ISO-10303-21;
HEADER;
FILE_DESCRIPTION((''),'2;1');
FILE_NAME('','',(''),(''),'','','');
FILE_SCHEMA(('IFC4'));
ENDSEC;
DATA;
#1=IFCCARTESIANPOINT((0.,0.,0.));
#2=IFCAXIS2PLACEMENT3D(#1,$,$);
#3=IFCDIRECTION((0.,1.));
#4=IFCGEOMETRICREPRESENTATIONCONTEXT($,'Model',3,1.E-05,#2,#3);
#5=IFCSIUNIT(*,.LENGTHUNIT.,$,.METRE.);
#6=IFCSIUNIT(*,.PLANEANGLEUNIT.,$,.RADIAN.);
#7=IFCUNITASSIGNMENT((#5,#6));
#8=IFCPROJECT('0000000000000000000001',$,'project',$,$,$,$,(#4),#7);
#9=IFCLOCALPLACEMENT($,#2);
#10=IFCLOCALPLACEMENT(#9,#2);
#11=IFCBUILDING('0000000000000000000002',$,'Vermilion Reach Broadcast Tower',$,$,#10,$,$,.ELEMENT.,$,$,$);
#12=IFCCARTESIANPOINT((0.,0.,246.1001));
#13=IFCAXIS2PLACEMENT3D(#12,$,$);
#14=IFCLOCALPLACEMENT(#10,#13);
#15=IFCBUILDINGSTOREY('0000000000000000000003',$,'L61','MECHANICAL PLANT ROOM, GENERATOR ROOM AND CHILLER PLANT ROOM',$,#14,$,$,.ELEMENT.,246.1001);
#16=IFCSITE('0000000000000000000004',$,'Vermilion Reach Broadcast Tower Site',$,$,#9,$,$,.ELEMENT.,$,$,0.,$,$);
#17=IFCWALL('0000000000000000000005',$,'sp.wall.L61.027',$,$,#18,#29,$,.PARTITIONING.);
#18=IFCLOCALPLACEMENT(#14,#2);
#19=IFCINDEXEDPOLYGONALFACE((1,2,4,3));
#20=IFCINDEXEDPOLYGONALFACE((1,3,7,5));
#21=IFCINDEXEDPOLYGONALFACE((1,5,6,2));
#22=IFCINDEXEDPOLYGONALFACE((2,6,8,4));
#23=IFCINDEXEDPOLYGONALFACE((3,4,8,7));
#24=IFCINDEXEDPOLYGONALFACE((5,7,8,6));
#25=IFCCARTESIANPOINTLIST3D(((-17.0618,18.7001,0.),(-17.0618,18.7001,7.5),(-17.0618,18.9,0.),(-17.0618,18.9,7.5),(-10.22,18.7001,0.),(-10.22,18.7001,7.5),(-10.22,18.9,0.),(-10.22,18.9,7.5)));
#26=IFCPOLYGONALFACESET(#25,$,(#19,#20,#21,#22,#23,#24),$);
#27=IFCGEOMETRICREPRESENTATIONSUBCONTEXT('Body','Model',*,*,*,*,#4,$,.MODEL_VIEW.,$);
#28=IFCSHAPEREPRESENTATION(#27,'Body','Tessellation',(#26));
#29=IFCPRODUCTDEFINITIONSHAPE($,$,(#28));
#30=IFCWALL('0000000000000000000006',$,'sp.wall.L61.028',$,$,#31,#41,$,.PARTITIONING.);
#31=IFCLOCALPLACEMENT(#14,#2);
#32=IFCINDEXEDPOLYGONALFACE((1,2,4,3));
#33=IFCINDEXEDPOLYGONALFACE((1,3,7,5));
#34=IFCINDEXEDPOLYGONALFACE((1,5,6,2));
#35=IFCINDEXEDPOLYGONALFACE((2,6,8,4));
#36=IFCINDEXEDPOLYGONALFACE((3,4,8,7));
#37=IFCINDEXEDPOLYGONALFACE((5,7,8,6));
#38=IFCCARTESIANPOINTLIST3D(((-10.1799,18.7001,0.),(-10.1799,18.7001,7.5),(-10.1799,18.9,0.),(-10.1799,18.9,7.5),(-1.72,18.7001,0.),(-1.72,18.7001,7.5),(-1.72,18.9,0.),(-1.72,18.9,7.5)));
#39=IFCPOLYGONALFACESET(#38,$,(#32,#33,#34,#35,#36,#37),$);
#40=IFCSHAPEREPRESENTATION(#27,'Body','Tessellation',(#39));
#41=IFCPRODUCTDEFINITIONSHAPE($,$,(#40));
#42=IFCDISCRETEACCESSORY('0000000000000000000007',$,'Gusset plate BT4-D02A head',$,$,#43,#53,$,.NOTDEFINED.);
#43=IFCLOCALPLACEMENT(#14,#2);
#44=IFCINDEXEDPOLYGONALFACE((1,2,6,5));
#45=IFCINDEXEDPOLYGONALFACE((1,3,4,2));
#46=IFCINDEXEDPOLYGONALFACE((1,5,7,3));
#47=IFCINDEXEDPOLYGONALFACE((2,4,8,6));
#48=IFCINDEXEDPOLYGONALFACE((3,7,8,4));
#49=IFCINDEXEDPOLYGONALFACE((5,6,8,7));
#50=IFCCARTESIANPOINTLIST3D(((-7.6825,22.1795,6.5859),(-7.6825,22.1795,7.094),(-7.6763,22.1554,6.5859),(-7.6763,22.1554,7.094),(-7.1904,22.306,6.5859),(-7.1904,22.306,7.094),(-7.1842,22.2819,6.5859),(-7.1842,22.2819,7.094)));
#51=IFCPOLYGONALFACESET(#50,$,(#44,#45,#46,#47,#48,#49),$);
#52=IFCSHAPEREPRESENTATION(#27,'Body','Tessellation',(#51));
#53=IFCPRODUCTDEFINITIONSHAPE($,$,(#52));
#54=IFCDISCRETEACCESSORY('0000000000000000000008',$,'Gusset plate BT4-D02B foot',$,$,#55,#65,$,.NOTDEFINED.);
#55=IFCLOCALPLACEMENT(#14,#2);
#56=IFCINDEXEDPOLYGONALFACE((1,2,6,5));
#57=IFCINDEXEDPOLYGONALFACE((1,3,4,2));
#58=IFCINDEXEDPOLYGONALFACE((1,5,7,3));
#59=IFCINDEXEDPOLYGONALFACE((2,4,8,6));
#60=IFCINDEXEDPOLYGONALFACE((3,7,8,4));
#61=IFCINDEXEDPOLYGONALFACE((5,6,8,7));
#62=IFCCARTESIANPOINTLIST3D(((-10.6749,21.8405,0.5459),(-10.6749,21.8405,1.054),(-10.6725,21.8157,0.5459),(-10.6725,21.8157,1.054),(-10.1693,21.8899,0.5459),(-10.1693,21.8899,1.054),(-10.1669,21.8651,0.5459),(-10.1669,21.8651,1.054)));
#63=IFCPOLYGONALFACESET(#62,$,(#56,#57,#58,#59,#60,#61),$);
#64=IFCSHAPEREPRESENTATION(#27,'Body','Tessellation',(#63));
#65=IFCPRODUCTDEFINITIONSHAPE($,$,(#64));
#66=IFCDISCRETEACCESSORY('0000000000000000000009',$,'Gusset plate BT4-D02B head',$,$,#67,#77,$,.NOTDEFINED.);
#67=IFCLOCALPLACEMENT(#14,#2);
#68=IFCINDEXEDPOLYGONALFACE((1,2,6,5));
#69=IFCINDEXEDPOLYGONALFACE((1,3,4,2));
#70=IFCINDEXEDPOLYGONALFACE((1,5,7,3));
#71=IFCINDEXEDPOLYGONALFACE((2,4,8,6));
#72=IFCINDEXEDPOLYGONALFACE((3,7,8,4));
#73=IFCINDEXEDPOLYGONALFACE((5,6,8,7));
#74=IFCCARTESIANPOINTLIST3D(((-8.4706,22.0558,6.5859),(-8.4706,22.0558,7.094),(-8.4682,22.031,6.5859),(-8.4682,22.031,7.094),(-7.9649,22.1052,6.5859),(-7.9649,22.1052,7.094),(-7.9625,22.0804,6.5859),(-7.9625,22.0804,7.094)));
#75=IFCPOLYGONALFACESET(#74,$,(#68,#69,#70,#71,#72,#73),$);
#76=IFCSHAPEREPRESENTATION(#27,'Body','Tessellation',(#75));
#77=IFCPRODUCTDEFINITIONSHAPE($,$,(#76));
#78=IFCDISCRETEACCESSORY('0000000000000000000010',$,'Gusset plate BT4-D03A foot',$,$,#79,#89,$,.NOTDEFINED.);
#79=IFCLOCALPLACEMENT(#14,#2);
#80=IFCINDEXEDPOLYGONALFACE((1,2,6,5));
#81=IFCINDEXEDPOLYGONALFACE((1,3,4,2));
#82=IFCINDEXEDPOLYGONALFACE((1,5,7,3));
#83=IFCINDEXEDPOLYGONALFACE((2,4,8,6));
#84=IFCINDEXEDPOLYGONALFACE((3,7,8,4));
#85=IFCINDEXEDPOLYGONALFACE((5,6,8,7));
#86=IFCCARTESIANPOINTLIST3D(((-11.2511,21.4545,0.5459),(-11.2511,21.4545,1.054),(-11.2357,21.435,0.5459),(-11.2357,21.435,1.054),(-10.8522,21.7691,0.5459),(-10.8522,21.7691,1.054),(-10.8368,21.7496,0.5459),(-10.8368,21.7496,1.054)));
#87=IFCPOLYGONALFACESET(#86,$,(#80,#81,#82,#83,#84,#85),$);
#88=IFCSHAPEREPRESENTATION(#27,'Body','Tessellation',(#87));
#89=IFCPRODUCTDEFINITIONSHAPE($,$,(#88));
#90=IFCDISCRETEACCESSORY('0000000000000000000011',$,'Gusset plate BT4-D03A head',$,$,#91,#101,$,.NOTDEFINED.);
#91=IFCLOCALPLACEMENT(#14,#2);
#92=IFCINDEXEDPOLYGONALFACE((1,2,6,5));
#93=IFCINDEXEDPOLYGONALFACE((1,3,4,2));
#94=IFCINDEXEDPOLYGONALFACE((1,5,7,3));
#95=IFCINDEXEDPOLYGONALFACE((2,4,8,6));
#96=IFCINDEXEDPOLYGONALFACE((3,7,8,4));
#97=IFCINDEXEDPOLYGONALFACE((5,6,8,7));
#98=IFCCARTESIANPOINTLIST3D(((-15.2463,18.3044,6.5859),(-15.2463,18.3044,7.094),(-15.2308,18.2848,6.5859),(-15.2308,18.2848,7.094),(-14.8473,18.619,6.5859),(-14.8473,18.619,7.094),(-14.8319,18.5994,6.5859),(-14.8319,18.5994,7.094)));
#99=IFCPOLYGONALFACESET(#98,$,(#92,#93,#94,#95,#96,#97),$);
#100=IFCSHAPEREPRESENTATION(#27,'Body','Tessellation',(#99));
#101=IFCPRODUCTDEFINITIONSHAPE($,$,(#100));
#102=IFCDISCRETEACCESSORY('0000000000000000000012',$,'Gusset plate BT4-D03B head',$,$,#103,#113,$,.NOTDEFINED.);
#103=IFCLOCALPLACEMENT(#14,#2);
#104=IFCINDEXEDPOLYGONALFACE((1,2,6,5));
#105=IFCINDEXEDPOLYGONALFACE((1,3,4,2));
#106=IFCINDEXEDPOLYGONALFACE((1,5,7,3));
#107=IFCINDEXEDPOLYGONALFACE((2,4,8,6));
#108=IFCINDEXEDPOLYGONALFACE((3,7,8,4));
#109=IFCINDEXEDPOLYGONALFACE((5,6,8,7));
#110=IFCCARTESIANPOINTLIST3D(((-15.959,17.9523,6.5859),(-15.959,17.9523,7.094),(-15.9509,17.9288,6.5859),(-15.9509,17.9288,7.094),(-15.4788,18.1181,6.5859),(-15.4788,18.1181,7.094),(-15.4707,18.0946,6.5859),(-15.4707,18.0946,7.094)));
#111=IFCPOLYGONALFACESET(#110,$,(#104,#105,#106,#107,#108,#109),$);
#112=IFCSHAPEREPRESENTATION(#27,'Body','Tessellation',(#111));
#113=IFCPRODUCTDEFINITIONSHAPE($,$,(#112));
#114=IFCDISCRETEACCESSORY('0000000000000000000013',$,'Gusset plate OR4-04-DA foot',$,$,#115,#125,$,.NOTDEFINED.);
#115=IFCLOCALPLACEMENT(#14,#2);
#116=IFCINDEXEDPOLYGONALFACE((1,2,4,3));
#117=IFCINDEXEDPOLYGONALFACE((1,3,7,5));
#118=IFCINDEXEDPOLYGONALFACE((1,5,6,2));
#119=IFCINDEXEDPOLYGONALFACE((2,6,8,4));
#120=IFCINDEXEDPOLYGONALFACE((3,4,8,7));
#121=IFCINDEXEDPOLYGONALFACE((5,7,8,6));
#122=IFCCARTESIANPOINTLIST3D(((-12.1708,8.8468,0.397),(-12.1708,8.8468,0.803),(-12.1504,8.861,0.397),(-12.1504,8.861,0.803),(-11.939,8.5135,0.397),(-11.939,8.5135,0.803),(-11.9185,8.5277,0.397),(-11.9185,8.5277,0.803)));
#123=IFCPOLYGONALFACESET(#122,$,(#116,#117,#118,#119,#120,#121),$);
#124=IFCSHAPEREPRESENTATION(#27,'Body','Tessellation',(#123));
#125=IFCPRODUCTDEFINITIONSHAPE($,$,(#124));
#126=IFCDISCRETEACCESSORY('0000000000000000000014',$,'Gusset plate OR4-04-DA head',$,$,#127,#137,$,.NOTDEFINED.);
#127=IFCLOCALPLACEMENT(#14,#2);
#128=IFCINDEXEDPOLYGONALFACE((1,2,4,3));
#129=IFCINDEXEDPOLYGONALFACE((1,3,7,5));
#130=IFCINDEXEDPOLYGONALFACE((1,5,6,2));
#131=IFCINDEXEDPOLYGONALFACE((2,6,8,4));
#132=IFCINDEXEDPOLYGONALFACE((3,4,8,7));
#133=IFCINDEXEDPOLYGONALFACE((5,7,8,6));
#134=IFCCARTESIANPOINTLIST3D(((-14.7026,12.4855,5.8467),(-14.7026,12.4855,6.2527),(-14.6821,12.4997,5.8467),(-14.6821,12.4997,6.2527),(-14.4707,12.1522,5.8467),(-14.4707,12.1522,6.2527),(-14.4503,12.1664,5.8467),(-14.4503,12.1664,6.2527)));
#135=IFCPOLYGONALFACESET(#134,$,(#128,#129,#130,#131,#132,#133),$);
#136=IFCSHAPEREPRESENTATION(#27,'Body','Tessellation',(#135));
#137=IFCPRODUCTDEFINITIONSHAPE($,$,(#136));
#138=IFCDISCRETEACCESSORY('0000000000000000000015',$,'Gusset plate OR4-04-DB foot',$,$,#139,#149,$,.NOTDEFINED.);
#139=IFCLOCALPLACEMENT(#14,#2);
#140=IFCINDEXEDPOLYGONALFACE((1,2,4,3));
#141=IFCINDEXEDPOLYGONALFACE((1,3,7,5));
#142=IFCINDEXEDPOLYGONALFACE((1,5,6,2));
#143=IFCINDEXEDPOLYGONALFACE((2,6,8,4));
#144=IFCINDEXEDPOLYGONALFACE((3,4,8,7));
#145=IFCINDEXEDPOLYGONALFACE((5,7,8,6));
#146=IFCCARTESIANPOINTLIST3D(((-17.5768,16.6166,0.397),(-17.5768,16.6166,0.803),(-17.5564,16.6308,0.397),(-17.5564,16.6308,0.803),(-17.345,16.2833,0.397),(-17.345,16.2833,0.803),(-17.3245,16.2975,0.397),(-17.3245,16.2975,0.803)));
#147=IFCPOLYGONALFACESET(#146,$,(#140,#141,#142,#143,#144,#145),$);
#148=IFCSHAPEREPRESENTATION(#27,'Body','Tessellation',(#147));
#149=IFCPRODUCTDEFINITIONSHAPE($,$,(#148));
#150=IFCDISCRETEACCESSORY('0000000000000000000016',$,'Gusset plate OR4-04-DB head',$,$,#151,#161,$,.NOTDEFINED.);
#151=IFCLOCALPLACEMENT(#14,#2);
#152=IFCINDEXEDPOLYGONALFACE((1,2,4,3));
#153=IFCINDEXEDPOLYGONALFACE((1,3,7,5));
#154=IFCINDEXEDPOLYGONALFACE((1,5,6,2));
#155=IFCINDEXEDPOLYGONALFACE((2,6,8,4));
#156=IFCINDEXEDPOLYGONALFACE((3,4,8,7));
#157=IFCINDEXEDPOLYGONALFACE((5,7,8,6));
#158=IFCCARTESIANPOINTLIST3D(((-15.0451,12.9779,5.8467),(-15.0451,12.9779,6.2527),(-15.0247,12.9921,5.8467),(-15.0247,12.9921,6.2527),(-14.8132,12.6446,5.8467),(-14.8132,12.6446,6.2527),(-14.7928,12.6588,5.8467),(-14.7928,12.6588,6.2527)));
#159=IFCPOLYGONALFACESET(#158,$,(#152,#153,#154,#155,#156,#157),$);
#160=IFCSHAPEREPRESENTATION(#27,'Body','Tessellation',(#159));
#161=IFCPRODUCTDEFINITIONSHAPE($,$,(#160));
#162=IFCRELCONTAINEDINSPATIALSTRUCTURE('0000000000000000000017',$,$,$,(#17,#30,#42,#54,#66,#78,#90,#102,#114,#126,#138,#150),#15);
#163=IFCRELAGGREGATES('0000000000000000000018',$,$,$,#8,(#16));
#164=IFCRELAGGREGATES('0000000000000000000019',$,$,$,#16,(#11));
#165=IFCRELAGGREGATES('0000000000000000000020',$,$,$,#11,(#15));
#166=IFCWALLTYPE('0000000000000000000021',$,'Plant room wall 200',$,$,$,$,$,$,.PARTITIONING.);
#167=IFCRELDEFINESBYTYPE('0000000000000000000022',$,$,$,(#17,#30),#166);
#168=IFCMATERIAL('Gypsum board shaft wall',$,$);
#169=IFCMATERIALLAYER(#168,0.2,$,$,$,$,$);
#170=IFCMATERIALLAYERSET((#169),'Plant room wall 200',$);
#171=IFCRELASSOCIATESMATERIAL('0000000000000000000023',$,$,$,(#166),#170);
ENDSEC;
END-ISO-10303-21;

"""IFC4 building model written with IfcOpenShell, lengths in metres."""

from ifc_helpers import new_model, si_unit, direction, frame, frame_2d, origin, origin_2d, place, context, subcontext, project, spatial, rectangle, extrude, material, layer, layer_set, type_object, element, save


model = new_model("IFC4")

# Units and contexts
model_context = context("Model", 3, precision=1e-05, world=origin(), true_north=direction((0.0, 1.0)))
body_context = subcontext(model_context, "Body", "Model", "MODEL_VIEW")
ifc_project = project(units=[si_unit("LENGTHUNIT", "METRE"), si_unit("PLANEANGLEUNIT", "RADIAN")], contexts=[model_context])

# Site, building, storey
site_placement = place(None, origin())
site = spatial("IfcSite", under=ifc_project, at=site_placement, Name="Vermilion Reach Broadcast Tower Site", CompositionType="ELEMENT", RefElevation=0.0)
building_placement = place(site_placement, origin())
building = spatial("IfcBuilding", under=site, at=building_placement, Name="Vermilion Reach Broadcast Tower", CompositionType="ELEMENT")
storey_placement = place(building_placement, frame((0.0, 0.0, 246.1001)))
storey = spatial("IfcBuildingStorey", under=building, at=storey_placement, Name="L61", Description="MECHANICAL PLANT ROOM, GENERATOR ROOM AND CHILLER PLANT ROOM", CompositionType="ELEMENT", Elevation=246.1001)

# Walls
ifc_material_1 = material(Name="Gypsum board shaft wall")
ifc_layer = layer(ifc_material_1, 0.2)
ifc_layer_set = layer_set([ifc_layer], Name="Plant room wall 200")
wall_type = type_object("IfcWallType", Name="Plant room wall 200", PredefinedType="PARTITIONING", material=ifc_layer_set)
wall_1_placement = place(storey_placement, frame((-17.0618, 18.8, 0.0), z_axis=(0.0, 0.0, 1.0), x_axis=(1.0, 0.0, 0.0)))
element("IfcWall", 1, at=wall_1_placement, inside=storey, type_object=wall_type, Name="sp.wall.L61.027", PredefinedType="PARTITIONING", context=body_context, shape_type="SweptSolid", body=[
    extrude(rectangle(XDim=6.8418, YDim=0.2, at=frame_2d((3.4209, 0.0))), origin(), (0.0, 0.0, 1.0), 7.5),
])
wall_2_placement = place(storey_placement, frame((-10.1799, 18.8, 0.0), z_axis=(0.0, 0.0, 1.0), x_axis=(1.0, 0.0, 0.0)))
element("IfcWall", 2, at=wall_2_placement, inside=storey, type_object=wall_type, Name="sp.wall.L61.028", PredefinedType="PARTITIONING", context=body_context, shape_type="SweptSolid", body=[
    extrude(rectangle(XDim=8.46, YDim=0.2, at=frame_2d((4.23, 0.0))), origin(), (0.0, 0.0, 1.0), 7.5),
])

# Discrete accessories
for number, where, z_axis, x_axis, name in (
    (3, (-7.4333, 22.2307, 6.5859), (0.0, 0.0, 1.0), (0.248884, -0.968533, 0.0), "Gusset plate BT4-D02A head"),
    (4, (-10.4209, 21.8528, 0.5459), (0.0, 0.0, 1.0), (-0.097229, 0.995262, 0.0), "Gusset plate BT4-D02B foot"),
    (5, (-8.2166, 22.0681, 6.5859), (0.0, 0.0, 1.0), (-0.097229, 0.995262, 0.0), "Gusset plate BT4-D02B head"),
    (6, (-11.0439, 21.6021, 0.5459), (0.0, 0.0, 1.0), (0.619157, -0.785267, 0.0), "Gusset plate BT4-D03A foot"),
    (7, (-15.0391, 18.4519, 6.5859), (0.0, 0.0, 1.0), (0.619157, -0.785267, 0.0), "Gusset plate BT4-D03A head"),
    (8, (-15.7148, 18.0234, 6.5859), (0.0, 0.0, 1.0), (-0.326331, 0.945256, 0.0), "Gusset plate BT4-D03B head"),
):
    element("IfcDiscreteAccessory", number, at=place(storey_placement, frame(where, z_axis=z_axis, x_axis=x_axis)), inside=storey, Name=name, PredefinedType="NOTDEFINED", context=body_context, shape_type="SweptSolid", body=[
        extrude(rectangle(XDim=0.0249, YDim=0.5081, at=origin_2d()), origin(), (0.0, 0.0, 1.0), 0.5081),
    ])
for number, where, z_axis, x_axis, name in (
    (9, (-12.0447, 8.6873, 0.397), (0.0, 0.0, 1.0), (-0.82085, -0.571143, 0.0), "Gusset plate OR4-04-DA foot"),
    (10, (-14.5764, 12.3259, 5.8467), (0.0, 0.0, 1.0), (-0.82085, -0.571143, 0.0), "Gusset plate OR4-04-DA head"),
    (11, (-17.4507, 16.457, 0.397), (0.0, 0.0, 1.0), (-0.82085, -0.571143, 0.0), "Gusset plate OR4-04-DB foot"),
    (12, (-14.9189, 12.8184, 5.8467), (0.0, 0.0, 1.0), (-0.82085, -0.571143, 0.0), "Gusset plate OR4-04-DB head"),
):
    element("IfcDiscreteAccessory", number, at=place(storey_placement, frame(where, z_axis=z_axis, x_axis=x_axis)), inside=storey, Name=name, PredefinedType="NOTDEFINED", context=body_context, shape_type="SweptSolid", body=[
        extrude(rectangle(XDim=0.0249, YDim=0.406, at=origin_2d()), origin(), (0.0, 0.0, 1.0), 0.406),
    ])

save(model, "model.ifc")
